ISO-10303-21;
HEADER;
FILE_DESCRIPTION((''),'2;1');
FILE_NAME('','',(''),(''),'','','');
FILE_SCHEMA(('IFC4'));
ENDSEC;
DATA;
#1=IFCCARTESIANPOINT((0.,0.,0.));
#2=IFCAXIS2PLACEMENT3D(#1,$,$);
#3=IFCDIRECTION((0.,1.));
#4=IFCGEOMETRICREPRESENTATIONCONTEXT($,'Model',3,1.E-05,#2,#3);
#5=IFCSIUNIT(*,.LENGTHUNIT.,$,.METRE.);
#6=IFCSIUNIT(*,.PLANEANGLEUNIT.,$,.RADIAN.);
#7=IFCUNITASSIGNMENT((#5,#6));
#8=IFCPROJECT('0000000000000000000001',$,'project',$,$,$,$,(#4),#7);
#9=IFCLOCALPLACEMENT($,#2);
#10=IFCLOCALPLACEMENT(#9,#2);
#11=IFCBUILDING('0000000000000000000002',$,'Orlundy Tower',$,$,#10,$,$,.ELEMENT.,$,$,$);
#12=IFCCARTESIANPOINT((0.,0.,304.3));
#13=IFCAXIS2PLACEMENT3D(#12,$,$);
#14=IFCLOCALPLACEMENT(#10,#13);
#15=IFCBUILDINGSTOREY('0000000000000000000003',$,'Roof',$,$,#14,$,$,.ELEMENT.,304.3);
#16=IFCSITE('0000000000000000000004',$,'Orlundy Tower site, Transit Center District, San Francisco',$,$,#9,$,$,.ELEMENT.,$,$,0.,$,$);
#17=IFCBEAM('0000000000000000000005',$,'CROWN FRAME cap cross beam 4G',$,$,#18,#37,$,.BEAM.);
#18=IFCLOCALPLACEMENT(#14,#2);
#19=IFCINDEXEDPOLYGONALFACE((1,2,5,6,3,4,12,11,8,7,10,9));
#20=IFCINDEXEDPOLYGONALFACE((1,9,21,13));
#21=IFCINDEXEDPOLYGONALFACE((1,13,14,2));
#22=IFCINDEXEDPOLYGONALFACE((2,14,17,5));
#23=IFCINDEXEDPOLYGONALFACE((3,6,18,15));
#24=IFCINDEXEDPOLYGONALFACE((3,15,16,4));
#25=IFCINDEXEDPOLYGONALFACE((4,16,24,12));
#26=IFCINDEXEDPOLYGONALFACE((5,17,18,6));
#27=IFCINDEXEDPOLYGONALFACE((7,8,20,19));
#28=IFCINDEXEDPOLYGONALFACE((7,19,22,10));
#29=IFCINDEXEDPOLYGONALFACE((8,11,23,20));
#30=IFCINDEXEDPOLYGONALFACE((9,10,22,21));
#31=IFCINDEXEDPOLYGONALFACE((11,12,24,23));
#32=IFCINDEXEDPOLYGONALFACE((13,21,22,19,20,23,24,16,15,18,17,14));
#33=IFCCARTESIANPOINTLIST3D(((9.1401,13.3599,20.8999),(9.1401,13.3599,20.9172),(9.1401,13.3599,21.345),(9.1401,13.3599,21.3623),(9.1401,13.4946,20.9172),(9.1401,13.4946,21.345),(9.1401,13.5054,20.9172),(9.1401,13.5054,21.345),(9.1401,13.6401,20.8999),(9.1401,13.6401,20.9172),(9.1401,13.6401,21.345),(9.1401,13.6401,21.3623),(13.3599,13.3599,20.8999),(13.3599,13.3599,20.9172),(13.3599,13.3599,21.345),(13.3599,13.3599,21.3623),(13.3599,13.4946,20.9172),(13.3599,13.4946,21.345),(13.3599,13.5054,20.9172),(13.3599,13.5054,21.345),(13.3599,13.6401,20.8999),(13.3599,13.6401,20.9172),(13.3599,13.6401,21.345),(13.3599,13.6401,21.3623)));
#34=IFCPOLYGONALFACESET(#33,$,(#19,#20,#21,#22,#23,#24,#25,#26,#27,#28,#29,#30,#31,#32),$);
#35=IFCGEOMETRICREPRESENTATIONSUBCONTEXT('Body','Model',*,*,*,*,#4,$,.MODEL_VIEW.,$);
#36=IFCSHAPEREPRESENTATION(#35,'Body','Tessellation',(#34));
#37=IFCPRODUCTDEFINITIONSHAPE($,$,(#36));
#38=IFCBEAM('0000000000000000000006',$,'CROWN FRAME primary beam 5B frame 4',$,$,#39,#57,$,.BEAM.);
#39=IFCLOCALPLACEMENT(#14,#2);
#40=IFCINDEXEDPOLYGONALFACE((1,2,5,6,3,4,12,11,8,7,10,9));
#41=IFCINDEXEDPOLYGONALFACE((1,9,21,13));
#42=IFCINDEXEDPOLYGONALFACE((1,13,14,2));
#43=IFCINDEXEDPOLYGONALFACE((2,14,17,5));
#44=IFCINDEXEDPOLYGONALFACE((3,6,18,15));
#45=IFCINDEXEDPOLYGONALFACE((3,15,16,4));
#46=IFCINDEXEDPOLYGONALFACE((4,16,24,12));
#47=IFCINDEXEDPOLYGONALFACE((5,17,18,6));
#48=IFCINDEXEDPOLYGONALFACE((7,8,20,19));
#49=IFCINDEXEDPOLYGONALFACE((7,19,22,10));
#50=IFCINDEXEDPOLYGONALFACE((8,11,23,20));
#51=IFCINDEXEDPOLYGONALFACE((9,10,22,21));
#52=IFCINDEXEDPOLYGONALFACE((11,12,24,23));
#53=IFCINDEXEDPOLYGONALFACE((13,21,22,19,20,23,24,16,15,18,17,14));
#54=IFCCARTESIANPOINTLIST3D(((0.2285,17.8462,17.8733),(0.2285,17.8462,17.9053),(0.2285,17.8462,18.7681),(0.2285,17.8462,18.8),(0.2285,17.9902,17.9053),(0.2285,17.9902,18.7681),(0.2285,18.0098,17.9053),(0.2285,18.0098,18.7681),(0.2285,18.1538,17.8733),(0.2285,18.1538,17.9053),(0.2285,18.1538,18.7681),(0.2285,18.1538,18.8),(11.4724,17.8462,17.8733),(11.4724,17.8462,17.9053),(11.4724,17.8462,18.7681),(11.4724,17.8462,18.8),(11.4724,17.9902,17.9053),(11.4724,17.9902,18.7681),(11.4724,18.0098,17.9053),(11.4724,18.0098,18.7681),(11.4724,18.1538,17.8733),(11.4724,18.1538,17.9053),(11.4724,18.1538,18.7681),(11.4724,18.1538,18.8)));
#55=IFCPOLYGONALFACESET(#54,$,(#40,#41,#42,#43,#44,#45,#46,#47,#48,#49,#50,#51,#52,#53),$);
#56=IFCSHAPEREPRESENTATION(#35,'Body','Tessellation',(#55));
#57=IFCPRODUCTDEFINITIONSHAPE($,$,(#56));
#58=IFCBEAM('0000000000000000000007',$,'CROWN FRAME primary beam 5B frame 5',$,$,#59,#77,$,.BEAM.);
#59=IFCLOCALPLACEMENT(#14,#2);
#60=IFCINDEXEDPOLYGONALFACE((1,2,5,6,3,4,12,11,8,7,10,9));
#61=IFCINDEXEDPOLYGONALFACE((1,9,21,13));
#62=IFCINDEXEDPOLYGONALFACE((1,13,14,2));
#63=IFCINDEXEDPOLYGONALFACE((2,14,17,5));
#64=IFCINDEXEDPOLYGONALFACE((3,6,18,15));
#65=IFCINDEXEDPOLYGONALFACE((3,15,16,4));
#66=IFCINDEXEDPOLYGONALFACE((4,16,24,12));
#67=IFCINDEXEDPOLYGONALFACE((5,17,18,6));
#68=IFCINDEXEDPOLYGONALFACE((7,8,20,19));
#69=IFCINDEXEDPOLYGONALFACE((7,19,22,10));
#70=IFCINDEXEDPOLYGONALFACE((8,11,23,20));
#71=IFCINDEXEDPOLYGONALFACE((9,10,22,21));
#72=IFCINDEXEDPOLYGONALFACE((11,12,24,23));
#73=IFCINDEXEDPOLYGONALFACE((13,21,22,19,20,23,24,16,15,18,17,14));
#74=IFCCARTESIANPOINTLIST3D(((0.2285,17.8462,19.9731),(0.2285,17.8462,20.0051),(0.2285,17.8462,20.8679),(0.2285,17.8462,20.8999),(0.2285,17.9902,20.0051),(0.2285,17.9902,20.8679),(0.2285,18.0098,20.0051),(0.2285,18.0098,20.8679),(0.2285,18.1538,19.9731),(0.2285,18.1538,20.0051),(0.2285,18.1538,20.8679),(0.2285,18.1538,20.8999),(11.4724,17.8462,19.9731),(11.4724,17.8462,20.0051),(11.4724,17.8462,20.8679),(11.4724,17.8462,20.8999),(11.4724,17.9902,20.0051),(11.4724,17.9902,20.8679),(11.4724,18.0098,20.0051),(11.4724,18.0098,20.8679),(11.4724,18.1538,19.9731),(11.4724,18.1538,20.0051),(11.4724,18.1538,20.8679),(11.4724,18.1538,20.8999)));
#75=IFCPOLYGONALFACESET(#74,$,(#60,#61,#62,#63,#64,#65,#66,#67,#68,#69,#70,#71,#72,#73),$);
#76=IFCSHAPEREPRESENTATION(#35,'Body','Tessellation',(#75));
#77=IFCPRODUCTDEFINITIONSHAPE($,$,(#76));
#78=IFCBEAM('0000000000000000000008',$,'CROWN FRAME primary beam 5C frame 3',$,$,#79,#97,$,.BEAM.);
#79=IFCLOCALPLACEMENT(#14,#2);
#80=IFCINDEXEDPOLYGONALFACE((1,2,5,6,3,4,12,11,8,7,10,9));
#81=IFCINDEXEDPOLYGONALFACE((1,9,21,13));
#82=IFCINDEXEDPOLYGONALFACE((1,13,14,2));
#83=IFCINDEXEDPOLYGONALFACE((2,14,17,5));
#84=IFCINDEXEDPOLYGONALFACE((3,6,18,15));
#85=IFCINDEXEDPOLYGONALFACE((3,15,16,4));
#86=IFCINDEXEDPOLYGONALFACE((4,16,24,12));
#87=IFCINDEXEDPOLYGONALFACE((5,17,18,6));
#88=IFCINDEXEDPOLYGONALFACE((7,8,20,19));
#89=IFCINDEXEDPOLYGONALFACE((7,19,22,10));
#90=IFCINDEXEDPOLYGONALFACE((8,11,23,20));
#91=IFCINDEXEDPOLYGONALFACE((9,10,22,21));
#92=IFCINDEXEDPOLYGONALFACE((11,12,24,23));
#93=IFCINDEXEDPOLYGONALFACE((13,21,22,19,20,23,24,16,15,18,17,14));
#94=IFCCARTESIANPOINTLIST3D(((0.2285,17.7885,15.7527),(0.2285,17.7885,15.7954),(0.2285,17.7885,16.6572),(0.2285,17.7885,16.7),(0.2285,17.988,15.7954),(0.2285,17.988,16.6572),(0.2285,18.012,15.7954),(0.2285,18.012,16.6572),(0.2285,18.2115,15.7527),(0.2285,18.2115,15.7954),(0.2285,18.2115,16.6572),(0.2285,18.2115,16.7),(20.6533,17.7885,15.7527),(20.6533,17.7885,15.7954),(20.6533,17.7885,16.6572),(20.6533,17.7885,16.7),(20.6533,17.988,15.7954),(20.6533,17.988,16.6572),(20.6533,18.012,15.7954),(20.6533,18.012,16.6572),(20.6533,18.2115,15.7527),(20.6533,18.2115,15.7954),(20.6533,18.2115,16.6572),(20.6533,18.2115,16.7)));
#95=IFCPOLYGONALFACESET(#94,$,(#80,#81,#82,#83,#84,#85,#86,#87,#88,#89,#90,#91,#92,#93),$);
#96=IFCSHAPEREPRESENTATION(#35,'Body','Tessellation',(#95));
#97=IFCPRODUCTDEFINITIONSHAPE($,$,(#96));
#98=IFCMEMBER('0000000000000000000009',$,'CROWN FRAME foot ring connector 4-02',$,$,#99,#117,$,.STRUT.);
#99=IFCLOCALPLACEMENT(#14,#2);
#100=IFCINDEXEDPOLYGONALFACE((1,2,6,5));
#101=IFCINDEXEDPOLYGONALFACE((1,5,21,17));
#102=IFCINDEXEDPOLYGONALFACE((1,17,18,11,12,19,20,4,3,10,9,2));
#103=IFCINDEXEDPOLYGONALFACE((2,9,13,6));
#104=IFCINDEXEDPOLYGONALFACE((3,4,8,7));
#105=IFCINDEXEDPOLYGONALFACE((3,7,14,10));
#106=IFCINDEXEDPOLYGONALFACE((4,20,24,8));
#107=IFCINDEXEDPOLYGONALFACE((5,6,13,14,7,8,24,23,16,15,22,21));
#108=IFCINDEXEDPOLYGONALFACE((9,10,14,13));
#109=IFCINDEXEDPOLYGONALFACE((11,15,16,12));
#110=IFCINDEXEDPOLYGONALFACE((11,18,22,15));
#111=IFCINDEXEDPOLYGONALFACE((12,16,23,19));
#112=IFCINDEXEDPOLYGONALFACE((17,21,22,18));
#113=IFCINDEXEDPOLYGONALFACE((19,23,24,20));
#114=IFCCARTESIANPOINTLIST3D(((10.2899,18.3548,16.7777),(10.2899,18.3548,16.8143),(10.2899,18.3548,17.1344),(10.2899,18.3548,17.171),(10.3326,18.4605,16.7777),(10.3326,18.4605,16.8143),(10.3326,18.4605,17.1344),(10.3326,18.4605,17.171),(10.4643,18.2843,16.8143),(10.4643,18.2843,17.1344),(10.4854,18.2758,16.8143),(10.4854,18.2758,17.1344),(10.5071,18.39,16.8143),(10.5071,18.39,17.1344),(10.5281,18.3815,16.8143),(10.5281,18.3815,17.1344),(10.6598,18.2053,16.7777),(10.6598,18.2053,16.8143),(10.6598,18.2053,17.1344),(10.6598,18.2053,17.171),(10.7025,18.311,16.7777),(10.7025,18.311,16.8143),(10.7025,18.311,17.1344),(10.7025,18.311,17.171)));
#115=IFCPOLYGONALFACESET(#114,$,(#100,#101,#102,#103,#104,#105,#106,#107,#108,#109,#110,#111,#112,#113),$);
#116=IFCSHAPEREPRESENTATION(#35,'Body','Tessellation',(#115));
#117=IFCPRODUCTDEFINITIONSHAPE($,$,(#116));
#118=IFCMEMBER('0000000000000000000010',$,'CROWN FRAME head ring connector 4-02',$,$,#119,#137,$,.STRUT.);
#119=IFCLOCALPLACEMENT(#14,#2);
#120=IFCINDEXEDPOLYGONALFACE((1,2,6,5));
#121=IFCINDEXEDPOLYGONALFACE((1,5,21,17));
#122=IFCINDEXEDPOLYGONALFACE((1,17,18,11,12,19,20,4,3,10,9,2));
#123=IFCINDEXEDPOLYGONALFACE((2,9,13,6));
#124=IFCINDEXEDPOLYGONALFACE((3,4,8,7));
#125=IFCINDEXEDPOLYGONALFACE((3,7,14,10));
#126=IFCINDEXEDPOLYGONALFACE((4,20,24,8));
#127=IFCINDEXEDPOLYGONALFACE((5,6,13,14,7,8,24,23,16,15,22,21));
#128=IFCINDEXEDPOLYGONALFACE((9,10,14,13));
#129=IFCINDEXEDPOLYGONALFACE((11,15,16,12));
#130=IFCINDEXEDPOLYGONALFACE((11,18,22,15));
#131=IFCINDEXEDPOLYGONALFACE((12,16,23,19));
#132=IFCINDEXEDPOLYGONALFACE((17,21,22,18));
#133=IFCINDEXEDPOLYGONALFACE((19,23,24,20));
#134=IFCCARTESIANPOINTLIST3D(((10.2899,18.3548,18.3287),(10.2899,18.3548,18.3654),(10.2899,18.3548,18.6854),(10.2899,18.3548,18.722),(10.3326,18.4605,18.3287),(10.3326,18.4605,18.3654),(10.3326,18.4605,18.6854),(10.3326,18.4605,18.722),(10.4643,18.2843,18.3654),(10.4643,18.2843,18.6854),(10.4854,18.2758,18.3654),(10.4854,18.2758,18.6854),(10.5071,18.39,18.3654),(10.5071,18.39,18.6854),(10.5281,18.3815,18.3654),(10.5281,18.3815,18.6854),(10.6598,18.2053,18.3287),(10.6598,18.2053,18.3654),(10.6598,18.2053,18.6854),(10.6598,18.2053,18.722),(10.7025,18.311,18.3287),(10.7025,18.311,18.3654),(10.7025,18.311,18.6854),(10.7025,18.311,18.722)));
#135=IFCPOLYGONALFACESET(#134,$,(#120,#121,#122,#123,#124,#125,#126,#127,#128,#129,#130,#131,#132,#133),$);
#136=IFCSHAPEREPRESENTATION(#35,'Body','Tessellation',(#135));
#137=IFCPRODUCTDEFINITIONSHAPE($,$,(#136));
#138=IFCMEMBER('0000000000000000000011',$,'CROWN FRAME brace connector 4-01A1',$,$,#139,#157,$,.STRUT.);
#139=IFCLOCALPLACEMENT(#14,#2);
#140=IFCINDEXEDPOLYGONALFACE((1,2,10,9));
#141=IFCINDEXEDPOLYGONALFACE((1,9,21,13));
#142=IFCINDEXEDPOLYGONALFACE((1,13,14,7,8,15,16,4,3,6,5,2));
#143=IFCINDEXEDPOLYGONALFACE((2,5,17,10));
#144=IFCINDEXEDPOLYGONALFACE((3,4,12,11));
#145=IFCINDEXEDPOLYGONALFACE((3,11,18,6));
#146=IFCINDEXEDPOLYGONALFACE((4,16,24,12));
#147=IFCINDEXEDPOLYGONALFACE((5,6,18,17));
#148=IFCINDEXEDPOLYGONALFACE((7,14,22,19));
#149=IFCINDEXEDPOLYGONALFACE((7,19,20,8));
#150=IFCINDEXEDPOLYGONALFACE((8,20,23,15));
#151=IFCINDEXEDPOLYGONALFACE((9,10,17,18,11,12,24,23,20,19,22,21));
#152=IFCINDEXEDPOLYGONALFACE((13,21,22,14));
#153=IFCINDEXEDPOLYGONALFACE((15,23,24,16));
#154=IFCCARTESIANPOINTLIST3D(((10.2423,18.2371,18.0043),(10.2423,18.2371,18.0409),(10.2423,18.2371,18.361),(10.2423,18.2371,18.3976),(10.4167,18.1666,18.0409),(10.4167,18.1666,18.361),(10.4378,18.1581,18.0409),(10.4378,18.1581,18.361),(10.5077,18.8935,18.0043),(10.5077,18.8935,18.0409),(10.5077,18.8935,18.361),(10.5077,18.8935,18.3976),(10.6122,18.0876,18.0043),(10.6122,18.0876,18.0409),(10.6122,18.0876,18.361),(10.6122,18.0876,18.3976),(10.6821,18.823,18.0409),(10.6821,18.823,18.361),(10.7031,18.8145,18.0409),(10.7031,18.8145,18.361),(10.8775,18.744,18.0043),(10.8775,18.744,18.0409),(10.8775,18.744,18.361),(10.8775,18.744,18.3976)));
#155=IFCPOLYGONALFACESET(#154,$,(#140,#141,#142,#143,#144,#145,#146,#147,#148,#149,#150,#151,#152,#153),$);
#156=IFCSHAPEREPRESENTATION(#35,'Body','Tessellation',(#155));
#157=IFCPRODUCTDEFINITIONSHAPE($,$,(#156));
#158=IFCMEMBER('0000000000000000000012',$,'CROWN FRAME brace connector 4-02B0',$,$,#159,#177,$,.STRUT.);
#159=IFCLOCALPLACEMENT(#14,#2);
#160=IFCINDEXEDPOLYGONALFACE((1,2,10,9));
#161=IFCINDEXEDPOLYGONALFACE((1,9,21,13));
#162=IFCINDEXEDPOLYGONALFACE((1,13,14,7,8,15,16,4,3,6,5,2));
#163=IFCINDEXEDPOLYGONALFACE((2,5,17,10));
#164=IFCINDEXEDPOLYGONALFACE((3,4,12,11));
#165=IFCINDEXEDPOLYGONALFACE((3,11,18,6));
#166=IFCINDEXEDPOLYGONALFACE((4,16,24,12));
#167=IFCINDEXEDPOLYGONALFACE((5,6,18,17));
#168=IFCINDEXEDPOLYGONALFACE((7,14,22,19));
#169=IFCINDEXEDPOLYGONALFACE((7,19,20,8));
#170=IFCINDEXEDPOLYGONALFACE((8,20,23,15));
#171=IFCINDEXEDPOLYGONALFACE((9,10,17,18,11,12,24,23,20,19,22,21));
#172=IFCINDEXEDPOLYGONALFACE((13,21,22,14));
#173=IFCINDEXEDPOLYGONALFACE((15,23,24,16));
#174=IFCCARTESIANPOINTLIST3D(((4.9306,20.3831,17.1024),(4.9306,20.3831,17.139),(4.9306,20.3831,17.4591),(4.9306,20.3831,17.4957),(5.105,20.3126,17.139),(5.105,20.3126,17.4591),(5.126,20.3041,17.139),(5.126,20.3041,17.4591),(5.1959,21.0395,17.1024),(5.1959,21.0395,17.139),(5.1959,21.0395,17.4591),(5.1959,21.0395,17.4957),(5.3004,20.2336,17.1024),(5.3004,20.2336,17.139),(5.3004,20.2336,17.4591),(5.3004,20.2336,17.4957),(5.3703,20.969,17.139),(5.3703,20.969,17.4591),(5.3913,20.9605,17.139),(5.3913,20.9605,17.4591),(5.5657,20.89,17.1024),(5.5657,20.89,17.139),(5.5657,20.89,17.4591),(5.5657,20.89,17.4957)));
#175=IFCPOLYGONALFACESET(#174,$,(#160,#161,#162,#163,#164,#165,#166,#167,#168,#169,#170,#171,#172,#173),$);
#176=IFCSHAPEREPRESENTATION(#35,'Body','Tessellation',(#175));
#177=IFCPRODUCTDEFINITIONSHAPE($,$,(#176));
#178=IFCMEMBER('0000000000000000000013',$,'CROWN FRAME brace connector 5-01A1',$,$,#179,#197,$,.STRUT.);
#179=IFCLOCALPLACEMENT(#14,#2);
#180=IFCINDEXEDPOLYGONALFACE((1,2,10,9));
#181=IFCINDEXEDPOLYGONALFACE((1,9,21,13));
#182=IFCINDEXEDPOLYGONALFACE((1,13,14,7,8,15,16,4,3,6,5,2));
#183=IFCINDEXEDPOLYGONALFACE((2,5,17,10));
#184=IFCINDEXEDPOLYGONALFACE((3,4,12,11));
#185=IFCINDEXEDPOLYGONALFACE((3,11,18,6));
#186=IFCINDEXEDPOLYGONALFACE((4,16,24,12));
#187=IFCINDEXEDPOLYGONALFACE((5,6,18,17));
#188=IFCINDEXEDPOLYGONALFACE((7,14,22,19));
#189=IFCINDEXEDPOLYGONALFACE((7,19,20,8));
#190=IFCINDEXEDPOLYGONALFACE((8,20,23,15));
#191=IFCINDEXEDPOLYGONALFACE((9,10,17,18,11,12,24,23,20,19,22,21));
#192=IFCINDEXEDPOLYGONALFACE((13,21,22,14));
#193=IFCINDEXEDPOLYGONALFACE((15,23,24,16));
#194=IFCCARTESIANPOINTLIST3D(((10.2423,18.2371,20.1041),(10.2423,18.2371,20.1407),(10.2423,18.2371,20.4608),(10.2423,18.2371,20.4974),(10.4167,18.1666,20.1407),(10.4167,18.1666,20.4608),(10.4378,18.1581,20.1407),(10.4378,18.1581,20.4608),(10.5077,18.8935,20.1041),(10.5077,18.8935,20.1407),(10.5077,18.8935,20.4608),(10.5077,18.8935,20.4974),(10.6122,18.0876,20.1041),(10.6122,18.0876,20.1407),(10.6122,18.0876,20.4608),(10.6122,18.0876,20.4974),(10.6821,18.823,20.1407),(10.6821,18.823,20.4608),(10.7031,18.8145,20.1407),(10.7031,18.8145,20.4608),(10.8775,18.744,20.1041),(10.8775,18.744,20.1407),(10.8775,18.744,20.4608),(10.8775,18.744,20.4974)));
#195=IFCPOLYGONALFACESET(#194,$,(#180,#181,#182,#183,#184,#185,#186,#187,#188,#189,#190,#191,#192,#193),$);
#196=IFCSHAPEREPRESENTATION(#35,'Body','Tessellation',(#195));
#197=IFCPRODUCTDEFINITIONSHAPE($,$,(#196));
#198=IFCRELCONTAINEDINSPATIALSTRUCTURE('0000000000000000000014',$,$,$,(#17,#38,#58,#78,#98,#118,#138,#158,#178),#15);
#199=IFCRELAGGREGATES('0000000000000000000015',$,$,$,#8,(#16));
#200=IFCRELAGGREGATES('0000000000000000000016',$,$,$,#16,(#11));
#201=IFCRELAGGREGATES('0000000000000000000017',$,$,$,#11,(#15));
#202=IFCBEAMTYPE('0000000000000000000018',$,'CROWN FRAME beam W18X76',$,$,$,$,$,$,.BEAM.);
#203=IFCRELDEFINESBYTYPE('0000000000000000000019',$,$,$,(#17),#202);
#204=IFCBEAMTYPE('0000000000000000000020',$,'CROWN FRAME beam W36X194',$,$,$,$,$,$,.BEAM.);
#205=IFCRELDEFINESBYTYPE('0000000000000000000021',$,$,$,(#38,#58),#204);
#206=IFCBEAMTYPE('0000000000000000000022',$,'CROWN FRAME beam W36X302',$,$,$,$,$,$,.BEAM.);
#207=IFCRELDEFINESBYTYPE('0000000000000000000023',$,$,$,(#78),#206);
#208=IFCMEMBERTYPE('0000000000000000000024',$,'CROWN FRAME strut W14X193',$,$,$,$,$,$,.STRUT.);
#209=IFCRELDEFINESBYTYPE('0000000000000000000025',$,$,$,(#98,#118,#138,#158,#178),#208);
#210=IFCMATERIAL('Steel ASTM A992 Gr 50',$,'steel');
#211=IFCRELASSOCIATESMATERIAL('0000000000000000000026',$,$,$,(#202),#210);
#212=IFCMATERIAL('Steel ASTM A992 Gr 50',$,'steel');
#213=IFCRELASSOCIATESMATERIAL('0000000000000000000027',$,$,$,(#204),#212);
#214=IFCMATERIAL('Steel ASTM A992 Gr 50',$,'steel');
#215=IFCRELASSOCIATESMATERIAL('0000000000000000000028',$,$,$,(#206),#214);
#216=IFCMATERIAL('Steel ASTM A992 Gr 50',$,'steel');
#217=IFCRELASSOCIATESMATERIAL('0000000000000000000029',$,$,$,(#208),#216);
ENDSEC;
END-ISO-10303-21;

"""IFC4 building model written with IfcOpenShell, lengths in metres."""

from ifc_helpers import new_model, si_unit, direction, frame, origin, origin_2d, place, context, subcontext, project, spatial, i_section, extrude, material, material_profile, profile_set, type_object, element, save


model = new_model("IFC4")

# Units and contexts
model_context = context("Model", 3, precision=1e-05, world=origin(), true_north=direction((0.0, 1.0)))
body_context = subcontext(model_context, "Body", "Model", "MODEL_VIEW")
ifc_project = project(units=[si_unit("LENGTHUNIT", "METRE"), si_unit("PLANEANGLEUNIT", "RADIAN")], contexts=[model_context])

# Site, building, storey
site_placement = place(None, origin())
site = spatial("IfcSite", under=ifc_project, at=site_placement, Name="Orlundy Tower site, Transit Center District, San Francisco", CompositionType="ELEMENT", RefElevation=0.0)
building_placement = place(site_placement, origin())
building = spatial("IfcBuilding", under=site, at=building_placement, Name="Orlundy Tower", CompositionType="ELEMENT")
storey_placement = place(building_placement, frame((0.0, 0.0, 304.3)))
storey = spatial("IfcBuildingStorey", under=building, at=storey_placement, Name="Roof", CompositionType="ELEMENT", Elevation=304.3)

# Beams
ifc_material_1 = material(Name="Steel ASTM A992 Gr 50", Category="steel")
ifc_material_profile_1 = material_profile(ifc_material_1, i_section(OverallWidth=0.2803, OverallDepth=0.4624, WebThickness=0.0107, FlangeThickness=0.0173, at=origin_2d()), Name="W18X76")
ifc_profile_set_1 = profile_set([ifc_material_profile_1], Name="Steel ASTM A992 Gr 50")
beam_type_1 = type_object("IfcBeamType", Name="CROWN FRAME beam W18X76", PredefinedType="BEAM", material=ifc_profile_set_1)
for number, where, z_axis, x_axis, name in (
    (1, (9.1401, 13.5, 21.1311), (1.0, 0.0, 0.0), (0.0, 1.0, 0.0), "CROWN FRAME cap cross beam 4G"),
):
    element("IfcBeam", number, at=place(storey_placement, frame(where, z_axis=z_axis, x_axis=x_axis)), inside=storey, type_object=beam_type_1, Name=name, PredefinedType="BEAM", context=body_context, shape_type="SweptSolid", body=[
        extrude(i_section(OverallWidth=0.2803, OverallDepth=0.4624, WebThickness=0.0107, FlangeThickness=0.0173, at=origin_2d()), origin(), (0.0, 0.0, 1.0), 4.2197),
    ])
ifc_material_2 = material(Name="Steel ASTM A992 Gr 50", Category="steel")
ifc_material_profile_2 = material_profile(ifc_material_2, i_section(OverallWidth=0.3076, OverallDepth=0.9268, WebThickness=0.0195, FlangeThickness=0.032, at=origin_2d()), Name="W36X194")
ifc_profile_set_2 = profile_set([ifc_material_profile_2], Name="Steel ASTM A992 Gr 50")
beam_type_2 = type_object("IfcBeamType", Name="CROWN FRAME beam W36X194", PredefinedType="BEAM", material=ifc_profile_set_2)
for number, where, z_axis, x_axis, name in (
    (2, (0.2285, 18.0, 18.3367), (1.0, 0.0, 0.0), (0.0, 1.0, 0.0), "CROWN FRAME primary beam 5B frame 4"),
    (3, (0.2285, 18.0, 20.4365), (1.0, 0.0, 0.0), (0.0, 1.0, 0.0), "CROWN FRAME primary beam 5B frame 5"),
):
    element("IfcBeam", number, at=place(storey_placement, frame(where, z_axis=z_axis, x_axis=x_axis)), inside=storey, type_object=beam_type_2, Name=name, PredefinedType="BEAM", context=body_context, shape_type="SweptSolid", body=[
        extrude(i_section(OverallWidth=0.3076, OverallDepth=0.9268, WebThickness=0.0195, FlangeThickness=0.032, at=origin_2d()), origin(), (0.0, 0.0, 1.0), 11.2439),
    ])
ifc_material_3 = material(Name="Steel ASTM A992 Gr 50", Category="steel")
ifc_material_profile_3 = material_profile(ifc_material_3, i_section(OverallWidth=0.4231, OverallDepth=0.9473, WebThickness=0.0239, FlangeThickness=0.0427, at=origin_2d()), Name="W36X302")
ifc_profile_set_3 = profile_set([ifc_material_profile_3], Name="Steel ASTM A992 Gr 50")
beam_type_3 = type_object("IfcBeamType", Name="CROWN FRAME beam W36X302", PredefinedType="BEAM", material=ifc_profile_set_3)
beam_1_placement = place(storey_placement, frame((0.2285, 18.0, 16.2263), z_axis=(1.0, 0.0, 0.0), x_axis=(0.0, 1.0, 0.0)))
element("IfcBeam", 4, at=beam_1_placement, inside=storey, type_object=beam_type_3, Name="CROWN FRAME primary beam 5C frame 3", PredefinedType="BEAM", context=body_context, shape_type="SweptSolid", body=[
    extrude(i_section(OverallWidth=0.4231, OverallDepth=0.9473, WebThickness=0.0239, FlangeThickness=0.0427, at=origin_2d()), origin(), (0.0, 0.0, 1.0), 20.4248),
])

# Members
ifc_material_4 = material(Name="Steel ASTM A992 Gr 50", Category="steel")
ifc_material_profile_4 = material_profile(ifc_material_4, i_section(OverallWidth=0.3989, OverallDepth=0.3933, WebThickness=0.0227, FlangeThickness=0.0366, at=origin_2d()), Name="W14X193")
ifc_profile_set_4 = profile_set([ifc_material_profile_4], Name="Steel ASTM A992 Gr 50")
member_type = type_object("IfcMemberType", Name="CROWN FRAME strut W14X193", PredefinedType="STRUT", material=ifc_profile_set_4)
for number, where, z_axis, x_axis, name in (
    (5, (10.4749, 18.28, 16.9744), (0.374711, 0.927142, 0.0), (-0.927142, 0.374711, 0.0), "CROWN FRAME foot ring connector 4-02"),
    (6, (10.4749, 18.28, 18.5254), (0.374711, 0.927142, 0.0), (-0.927142, 0.374711, 0.0), "CROWN FRAME head ring connector 4-02"),
):
    element("IfcMember", number, at=place(storey_placement, frame(where, z_axis=z_axis, x_axis=x_axis)), inside=storey, type_object=member_type, Name=name, PredefinedType="STRUT", context=body_context, shape_type="SweptSolid", body=[
        extrude(i_section(OverallWidth=0.3989, OverallDepth=0.3933, WebThickness=0.0227, FlangeThickness=0.0366, at=origin_2d()), origin(), (0.0, 0.0, 1.0), 0.114),
    ])
for number, where, z_axis, x_axis, name in (
    (7, (10.4272, 18.1624, 18.2009), (0.374777, 0.927115, 0.0), (-0.927115, 0.374777, 0.0), "CROWN FRAME brace connector 4-01A1"),
    (8, (5.1155, 20.3083, 17.2991), (0.374777, 0.927115, 0.0), (-0.927115, 0.374777, 0.0), "CROWN FRAME brace connector 4-02B0"),
    (9, (10.4272, 18.1624, 20.3008), (0.374777, 0.927115, 0.0), (-0.927115, 0.374777, 0.0), "CROWN FRAME brace connector 5-01A1"),
):
    element("IfcMember", number, at=place(storey_placement, frame(where, z_axis=z_axis, x_axis=x_axis)), inside=storey, type_object=member_type, Name=name, PredefinedType="STRUT", context=body_context, shape_type="SweptSolid", body=[
        extrude(i_section(OverallWidth=0.3989, OverallDepth=0.3933, WebThickness=0.0227, FlangeThickness=0.0366, at=origin_2d()), origin(), (0.0, 0.0, 1.0), 0.708),
    ])

save(model, "model.ifc")
